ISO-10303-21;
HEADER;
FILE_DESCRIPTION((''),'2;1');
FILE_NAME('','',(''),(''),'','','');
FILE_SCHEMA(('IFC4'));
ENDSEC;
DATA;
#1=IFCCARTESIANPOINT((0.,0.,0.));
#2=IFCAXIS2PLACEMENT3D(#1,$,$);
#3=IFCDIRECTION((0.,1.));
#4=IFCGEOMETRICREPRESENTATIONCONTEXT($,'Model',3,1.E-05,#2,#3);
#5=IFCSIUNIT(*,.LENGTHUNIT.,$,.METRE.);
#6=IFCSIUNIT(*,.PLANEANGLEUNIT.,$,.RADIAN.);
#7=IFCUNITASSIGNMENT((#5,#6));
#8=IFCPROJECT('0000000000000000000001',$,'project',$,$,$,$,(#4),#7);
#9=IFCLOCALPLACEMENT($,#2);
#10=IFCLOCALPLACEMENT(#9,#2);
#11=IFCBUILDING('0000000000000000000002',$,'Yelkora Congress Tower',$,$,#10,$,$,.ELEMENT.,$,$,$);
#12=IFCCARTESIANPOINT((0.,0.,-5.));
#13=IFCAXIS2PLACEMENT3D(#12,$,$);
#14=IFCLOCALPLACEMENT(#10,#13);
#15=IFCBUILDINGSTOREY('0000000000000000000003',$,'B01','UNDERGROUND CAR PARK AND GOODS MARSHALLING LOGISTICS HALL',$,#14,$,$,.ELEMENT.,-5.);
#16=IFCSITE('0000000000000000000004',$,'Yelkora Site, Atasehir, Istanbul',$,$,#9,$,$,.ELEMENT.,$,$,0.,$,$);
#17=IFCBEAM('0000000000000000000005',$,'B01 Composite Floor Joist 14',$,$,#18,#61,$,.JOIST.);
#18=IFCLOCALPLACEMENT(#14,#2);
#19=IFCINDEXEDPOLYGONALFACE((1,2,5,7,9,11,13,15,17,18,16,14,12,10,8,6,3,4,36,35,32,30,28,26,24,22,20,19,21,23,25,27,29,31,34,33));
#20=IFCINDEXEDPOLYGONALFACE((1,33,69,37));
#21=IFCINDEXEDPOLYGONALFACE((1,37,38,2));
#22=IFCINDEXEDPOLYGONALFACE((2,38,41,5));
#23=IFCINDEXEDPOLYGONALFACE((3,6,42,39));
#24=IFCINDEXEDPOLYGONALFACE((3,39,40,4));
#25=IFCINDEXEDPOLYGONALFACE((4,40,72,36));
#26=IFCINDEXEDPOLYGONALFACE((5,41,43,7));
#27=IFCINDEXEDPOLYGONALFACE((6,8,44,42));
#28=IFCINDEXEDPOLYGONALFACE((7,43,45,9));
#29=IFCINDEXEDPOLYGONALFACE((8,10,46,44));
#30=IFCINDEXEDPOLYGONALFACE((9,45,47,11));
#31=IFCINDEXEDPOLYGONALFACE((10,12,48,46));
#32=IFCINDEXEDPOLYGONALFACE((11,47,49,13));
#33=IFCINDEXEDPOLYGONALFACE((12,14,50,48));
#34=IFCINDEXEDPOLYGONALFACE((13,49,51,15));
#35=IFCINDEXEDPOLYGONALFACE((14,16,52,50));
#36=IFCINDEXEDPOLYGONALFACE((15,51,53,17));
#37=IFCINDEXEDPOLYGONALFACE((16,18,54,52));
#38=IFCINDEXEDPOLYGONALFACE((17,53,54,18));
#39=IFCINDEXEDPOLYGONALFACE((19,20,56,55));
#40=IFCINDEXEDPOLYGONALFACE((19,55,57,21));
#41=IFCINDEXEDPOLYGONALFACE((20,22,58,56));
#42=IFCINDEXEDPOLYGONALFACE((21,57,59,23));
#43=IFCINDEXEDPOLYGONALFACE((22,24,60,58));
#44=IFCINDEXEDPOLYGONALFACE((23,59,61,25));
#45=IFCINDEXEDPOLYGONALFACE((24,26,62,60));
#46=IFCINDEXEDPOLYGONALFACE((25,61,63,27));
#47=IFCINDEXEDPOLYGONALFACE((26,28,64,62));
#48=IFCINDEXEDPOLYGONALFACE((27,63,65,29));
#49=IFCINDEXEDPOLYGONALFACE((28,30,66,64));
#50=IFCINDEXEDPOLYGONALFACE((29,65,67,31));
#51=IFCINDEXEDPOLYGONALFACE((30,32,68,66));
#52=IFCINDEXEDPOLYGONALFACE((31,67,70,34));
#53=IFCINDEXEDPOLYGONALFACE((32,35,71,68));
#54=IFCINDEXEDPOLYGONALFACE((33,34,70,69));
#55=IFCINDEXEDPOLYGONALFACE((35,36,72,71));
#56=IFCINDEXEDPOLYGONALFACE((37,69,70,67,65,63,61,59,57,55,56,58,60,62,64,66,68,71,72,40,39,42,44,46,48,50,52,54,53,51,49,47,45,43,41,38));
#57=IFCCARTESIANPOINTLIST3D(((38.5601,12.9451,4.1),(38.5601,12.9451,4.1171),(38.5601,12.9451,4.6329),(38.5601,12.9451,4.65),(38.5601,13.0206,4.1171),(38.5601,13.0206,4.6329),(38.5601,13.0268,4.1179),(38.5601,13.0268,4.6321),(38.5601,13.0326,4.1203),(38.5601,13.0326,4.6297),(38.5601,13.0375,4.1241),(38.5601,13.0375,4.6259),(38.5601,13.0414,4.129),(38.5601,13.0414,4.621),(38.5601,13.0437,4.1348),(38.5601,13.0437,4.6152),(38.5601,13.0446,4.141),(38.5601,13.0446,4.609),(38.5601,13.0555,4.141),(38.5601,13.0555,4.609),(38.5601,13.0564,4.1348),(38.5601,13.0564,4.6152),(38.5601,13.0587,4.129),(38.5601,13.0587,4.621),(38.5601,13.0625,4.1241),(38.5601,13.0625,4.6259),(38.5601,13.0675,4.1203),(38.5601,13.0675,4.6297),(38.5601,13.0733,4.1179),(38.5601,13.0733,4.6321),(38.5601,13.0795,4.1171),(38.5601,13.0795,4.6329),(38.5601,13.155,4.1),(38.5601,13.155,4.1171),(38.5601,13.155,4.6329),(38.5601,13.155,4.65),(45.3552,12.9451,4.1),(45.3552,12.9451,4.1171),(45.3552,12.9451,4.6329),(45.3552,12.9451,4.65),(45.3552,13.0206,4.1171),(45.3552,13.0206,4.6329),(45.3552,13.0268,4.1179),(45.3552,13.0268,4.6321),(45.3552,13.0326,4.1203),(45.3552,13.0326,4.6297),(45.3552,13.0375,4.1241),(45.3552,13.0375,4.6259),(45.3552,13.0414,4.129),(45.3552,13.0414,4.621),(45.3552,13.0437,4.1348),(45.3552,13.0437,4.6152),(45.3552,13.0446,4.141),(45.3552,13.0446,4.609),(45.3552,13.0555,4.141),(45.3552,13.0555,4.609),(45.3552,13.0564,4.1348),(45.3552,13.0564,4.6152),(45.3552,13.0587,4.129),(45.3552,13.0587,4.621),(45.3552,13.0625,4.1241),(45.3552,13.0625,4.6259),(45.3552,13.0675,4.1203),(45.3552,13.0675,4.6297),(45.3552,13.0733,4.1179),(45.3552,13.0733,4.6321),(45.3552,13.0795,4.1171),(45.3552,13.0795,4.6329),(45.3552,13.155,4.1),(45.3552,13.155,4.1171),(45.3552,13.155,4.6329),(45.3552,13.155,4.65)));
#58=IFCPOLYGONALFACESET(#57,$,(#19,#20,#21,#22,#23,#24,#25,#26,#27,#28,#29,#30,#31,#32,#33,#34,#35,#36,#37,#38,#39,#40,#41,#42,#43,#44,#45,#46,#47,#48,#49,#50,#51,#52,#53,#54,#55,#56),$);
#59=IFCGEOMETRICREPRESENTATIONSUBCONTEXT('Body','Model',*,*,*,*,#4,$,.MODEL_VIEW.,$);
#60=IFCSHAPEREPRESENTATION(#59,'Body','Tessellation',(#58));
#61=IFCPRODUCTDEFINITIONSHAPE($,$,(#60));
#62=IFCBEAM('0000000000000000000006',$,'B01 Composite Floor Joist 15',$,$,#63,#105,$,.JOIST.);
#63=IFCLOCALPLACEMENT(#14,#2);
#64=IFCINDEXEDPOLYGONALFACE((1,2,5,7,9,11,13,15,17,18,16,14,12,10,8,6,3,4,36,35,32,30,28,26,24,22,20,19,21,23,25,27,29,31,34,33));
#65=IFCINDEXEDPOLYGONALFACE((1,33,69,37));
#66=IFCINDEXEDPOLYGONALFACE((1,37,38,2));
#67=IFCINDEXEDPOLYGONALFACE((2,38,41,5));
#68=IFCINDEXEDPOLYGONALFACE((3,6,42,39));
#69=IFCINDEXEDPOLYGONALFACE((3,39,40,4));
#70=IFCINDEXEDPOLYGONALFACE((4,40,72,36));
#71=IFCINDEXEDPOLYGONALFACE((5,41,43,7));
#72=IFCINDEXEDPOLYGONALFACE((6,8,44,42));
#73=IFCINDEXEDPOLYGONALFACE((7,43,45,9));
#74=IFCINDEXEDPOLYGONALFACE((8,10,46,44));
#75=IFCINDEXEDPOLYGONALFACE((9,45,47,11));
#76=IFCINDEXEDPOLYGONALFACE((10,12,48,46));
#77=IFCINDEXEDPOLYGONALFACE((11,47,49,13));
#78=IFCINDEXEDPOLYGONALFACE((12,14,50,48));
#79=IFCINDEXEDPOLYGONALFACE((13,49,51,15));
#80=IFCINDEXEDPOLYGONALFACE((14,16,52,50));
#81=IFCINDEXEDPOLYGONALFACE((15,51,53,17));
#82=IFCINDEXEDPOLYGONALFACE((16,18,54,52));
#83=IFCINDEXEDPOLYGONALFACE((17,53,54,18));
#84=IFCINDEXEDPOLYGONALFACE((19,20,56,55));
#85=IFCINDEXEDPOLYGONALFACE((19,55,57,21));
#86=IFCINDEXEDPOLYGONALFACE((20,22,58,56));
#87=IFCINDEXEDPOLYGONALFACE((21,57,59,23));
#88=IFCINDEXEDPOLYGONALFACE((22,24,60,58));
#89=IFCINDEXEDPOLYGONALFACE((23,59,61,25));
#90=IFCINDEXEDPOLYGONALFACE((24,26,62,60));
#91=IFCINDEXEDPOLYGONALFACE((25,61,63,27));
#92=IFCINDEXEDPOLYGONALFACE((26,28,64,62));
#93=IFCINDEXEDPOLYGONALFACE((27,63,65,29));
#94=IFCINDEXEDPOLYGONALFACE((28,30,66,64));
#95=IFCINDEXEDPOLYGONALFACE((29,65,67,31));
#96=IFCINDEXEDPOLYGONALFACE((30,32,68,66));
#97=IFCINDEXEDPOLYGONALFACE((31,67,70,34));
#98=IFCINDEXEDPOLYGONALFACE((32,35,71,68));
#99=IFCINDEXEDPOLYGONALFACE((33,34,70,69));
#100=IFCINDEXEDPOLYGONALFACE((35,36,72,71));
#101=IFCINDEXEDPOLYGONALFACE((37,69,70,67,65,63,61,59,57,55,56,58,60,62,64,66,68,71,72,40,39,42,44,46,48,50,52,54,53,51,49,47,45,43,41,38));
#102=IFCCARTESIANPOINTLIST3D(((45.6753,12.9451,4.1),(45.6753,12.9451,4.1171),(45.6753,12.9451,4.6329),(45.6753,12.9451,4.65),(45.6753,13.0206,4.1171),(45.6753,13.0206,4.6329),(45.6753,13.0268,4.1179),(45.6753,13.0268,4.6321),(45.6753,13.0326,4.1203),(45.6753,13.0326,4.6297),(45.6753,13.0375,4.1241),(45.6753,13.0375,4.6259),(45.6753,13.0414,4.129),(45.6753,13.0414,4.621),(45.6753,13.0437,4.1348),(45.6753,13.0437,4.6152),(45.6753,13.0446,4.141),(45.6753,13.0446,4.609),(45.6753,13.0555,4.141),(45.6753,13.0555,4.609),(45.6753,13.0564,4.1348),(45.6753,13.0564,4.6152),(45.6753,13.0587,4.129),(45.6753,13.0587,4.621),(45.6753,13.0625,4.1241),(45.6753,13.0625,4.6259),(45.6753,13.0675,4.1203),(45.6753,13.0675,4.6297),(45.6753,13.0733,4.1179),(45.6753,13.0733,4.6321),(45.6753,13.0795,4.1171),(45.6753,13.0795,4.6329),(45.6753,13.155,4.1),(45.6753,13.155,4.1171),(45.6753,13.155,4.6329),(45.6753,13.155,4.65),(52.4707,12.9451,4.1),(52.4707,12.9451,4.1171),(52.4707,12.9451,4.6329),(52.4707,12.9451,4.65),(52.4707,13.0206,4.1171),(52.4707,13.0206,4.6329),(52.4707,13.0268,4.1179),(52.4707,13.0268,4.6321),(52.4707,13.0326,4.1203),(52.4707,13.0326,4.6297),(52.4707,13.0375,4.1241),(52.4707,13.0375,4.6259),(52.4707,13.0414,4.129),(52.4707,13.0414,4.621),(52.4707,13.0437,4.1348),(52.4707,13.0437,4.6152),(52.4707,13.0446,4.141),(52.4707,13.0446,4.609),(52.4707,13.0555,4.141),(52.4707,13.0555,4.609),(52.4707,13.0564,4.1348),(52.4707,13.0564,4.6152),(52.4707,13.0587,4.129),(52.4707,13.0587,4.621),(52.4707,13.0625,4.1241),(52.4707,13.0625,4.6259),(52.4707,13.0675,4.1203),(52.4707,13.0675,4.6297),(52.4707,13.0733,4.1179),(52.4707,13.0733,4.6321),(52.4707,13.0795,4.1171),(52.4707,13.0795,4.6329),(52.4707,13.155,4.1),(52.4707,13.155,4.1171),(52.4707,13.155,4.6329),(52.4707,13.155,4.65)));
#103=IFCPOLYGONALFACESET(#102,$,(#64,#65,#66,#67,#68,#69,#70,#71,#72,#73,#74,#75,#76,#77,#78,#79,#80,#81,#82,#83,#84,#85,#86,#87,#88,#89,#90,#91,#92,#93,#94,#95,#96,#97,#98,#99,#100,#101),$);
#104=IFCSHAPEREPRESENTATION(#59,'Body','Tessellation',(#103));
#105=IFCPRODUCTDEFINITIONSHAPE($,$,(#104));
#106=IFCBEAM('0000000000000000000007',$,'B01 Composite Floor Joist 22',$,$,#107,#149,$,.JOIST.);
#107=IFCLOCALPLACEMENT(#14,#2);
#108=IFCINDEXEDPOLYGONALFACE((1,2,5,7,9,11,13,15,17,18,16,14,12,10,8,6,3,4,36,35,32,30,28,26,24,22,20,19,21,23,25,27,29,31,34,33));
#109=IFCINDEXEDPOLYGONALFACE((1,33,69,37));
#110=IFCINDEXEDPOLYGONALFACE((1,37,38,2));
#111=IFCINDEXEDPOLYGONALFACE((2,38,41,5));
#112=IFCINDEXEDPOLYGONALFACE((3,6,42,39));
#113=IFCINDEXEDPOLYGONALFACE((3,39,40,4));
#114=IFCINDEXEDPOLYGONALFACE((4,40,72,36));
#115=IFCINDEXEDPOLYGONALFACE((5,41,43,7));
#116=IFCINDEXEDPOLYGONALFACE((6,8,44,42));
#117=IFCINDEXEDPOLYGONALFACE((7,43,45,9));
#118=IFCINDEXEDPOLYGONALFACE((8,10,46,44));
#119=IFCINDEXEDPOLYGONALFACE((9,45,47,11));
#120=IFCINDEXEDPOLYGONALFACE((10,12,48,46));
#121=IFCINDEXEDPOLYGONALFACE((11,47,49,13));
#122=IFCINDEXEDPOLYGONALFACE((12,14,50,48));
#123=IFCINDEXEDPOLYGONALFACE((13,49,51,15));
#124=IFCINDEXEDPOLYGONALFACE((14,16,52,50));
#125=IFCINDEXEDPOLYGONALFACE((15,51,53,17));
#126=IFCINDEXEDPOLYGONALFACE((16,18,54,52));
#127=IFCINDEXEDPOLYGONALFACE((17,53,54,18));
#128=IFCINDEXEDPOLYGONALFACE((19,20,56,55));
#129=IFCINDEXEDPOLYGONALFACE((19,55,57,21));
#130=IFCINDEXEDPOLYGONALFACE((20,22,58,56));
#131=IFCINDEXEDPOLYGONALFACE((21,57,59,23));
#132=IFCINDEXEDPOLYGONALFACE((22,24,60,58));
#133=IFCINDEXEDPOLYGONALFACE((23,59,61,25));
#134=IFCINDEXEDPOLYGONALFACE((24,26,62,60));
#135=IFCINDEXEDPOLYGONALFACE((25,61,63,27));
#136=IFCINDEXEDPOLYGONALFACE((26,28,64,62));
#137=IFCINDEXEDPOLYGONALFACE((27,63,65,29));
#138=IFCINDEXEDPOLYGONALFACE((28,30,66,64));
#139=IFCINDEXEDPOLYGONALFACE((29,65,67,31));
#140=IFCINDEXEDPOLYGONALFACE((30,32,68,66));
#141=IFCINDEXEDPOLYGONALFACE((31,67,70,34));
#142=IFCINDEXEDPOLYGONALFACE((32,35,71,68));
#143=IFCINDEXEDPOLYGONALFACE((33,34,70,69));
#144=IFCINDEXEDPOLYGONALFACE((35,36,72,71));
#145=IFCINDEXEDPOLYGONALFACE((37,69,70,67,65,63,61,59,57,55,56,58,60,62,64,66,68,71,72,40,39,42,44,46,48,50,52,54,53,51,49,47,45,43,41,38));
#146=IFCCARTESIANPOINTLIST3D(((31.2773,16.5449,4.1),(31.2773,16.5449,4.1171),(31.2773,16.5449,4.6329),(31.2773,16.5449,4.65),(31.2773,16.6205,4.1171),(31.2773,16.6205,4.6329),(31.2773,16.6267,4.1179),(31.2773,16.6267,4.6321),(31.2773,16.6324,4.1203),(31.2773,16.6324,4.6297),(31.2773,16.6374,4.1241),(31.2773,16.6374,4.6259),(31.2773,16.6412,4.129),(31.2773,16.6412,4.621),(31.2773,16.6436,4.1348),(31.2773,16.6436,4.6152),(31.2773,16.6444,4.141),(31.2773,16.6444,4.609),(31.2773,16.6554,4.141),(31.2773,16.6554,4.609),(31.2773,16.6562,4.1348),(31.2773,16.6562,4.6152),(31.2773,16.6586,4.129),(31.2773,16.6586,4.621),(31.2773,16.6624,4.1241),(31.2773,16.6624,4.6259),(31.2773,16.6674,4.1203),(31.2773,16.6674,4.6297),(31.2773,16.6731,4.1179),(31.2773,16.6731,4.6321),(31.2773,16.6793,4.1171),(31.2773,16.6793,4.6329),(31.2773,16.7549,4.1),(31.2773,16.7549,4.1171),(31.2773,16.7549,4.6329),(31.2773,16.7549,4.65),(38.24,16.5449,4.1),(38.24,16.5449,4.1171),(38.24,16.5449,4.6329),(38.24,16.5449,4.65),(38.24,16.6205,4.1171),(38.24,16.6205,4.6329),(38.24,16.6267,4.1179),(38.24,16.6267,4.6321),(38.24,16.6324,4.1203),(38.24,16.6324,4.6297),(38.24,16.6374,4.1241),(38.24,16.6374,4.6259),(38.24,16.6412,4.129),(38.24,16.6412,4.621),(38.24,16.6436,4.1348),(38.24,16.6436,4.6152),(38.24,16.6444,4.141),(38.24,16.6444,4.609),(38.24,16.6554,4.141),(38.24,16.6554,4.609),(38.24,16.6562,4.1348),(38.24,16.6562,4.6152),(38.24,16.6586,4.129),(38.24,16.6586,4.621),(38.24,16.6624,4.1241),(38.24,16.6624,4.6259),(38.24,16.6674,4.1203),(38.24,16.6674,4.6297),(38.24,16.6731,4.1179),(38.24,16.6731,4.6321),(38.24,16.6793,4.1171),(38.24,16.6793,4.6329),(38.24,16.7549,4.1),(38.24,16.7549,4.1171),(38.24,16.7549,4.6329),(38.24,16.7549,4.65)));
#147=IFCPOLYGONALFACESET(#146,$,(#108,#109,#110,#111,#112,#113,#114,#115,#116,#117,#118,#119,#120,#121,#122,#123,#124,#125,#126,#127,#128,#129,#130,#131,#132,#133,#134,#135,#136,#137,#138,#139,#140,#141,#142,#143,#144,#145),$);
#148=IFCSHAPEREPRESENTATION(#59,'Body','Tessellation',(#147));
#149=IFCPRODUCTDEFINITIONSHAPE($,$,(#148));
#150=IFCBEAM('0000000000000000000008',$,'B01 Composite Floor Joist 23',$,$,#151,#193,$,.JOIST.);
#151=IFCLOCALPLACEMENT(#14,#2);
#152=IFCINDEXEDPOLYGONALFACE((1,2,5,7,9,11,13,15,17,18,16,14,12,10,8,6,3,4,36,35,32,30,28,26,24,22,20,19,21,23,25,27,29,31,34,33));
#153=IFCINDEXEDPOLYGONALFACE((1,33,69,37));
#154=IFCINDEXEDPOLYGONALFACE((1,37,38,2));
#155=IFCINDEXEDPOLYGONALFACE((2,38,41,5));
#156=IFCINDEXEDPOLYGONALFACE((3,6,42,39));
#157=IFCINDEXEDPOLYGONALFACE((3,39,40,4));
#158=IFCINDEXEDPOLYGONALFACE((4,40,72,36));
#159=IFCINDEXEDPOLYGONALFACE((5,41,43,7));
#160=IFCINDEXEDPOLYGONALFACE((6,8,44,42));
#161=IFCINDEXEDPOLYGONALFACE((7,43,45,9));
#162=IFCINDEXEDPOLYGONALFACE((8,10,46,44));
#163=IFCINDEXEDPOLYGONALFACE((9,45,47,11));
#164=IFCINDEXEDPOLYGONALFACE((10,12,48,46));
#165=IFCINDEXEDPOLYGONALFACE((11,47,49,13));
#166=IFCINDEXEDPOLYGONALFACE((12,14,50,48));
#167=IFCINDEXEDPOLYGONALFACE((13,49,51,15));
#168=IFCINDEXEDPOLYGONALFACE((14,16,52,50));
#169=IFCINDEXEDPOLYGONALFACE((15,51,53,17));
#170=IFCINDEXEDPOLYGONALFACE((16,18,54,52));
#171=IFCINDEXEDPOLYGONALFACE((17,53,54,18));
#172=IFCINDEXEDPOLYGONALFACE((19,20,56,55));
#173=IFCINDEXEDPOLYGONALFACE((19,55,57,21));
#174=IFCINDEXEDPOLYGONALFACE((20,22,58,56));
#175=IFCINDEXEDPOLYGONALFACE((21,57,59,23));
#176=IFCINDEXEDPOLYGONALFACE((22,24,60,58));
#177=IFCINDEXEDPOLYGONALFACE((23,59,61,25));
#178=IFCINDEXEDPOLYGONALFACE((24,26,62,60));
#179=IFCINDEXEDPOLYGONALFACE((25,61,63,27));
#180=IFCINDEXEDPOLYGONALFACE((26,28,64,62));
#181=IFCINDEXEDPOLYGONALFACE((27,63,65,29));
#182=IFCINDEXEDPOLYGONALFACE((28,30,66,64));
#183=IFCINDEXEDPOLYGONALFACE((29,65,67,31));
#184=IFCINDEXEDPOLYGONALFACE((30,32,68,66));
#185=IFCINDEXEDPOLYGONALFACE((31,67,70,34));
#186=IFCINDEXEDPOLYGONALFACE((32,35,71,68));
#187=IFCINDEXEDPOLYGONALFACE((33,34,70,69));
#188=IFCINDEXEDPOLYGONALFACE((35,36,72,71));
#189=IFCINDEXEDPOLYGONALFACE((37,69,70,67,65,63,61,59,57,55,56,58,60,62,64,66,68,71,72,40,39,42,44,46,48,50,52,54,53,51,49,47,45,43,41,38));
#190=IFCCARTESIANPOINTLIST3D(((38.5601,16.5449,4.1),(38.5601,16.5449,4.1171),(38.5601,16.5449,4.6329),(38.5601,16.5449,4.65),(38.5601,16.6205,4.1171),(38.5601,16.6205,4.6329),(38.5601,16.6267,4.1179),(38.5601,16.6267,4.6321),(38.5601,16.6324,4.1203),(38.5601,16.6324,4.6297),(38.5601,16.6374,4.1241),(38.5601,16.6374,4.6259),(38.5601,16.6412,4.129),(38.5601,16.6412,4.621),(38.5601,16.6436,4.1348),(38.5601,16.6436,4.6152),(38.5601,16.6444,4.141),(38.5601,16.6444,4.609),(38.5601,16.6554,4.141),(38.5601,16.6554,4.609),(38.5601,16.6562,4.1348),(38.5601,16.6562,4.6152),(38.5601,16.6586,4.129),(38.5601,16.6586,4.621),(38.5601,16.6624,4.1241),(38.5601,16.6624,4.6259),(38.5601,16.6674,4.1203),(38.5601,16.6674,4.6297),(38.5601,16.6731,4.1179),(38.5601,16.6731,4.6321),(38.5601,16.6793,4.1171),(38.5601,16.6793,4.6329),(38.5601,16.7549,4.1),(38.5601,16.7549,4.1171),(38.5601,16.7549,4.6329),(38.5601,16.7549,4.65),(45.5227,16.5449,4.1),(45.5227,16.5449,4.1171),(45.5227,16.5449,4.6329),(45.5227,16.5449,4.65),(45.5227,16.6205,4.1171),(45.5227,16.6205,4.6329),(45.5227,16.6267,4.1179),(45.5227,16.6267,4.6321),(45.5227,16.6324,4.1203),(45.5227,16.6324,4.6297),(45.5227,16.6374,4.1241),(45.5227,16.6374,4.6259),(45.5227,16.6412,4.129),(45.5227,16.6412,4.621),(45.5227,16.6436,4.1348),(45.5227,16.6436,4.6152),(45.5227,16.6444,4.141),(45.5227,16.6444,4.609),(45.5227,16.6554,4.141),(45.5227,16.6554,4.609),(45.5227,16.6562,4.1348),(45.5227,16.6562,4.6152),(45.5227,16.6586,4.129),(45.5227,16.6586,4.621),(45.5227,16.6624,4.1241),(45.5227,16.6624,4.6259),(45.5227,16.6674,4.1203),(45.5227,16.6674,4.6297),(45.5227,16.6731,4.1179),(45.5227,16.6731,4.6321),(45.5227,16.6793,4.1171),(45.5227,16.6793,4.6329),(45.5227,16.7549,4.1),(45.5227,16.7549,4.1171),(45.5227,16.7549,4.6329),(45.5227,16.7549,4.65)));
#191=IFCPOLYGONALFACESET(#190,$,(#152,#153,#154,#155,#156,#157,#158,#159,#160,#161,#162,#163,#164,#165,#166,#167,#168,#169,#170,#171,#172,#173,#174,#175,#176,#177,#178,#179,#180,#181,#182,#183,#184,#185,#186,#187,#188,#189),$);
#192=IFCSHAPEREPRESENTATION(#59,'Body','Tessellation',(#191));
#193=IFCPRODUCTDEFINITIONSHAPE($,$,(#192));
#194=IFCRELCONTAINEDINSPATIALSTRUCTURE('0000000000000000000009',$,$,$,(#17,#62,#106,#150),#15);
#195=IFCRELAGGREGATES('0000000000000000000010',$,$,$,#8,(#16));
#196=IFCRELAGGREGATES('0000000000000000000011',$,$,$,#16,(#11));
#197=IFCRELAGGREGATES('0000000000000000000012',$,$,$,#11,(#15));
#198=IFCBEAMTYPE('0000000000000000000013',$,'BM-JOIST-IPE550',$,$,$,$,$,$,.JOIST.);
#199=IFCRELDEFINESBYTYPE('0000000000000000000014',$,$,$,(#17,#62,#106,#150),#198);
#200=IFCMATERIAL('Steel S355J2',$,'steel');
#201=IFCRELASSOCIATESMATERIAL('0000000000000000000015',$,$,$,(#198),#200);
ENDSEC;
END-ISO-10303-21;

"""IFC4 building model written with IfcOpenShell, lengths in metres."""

from ifc_helpers import new_model, si_unit, direction, frame, origin, origin_2d, place, context, subcontext, project, spatial, i_section, extrude, material, material_profile, profile_set, type_object, element, save


model = new_model("IFC4")

# Units and contexts
model_context = context("Model", 3, precision=1e-05, world=origin(), true_north=direction((0.0, 1.0)))
body_context = subcontext(model_context, "Body", "Model", "MODEL_VIEW")
ifc_project = project(units=[si_unit("LENGTHUNIT", "METRE"), si_unit("PLANEANGLEUNIT", "RADIAN")], contexts=[model_context])

# Site, building, storey
site_placement = place(None, origin())
site = spatial("IfcSite", under=ifc_project, at=site_placement, Name="Yelkora Site, Atasehir, Istanbul", CompositionType="ELEMENT", RefElevation=0.0)
building_placement = place(site_placement, origin())
building = spatial("IfcBuilding", under=site, at=building_placement, Name="Yelkora Congress Tower", CompositionType="ELEMENT")
storey_placement = place(building_placement, frame((0.0, 0.0, -5.0)))
storey = spatial("IfcBuildingStorey", under=building, at=storey_placement, Name="B01", Description="UNDERGROUND CAR PARK AND GOODS MARSHALLING LOGISTICS HALL", CompositionType="ELEMENT", Elevation=-5.0)

# Beams
ifc_material_1 = material(Name="Steel S355J2", Category="steel")
ifc_material_profile_1 = material_profile(ifc_material_1, i_section(OverallWidth=0.21, OverallDepth=0.55, WebThickness=0.011, FlangeThickness=0.0171, FilletRadius=0.0239, at=origin_2d()), Name="IPE 550")
ifc_profile_set_1 = profile_set([ifc_material_profile_1], Name="Steel S355J2")
beam_type_1 = type_object("IfcBeamType", Name="BM-JOIST-IPE550", PredefinedType="JOIST", material=ifc_profile_set_1)
beam_1_placement = place(storey_placement, frame((38.5601, 13.05, 4.375), z_axis=(1.0, 0.0, 0.0), x_axis=(0.0, 1.0, 0.0)))
element("IfcBeam", 1, at=beam_1_placement, inside=storey, type_object=beam_type_1, Name="B01 Composite Floor Joist 14", PredefinedType="JOIST", context=body_context, shape_type="SweptSolid", body=[
    extrude(i_section(OverallWidth=0.21, OverallDepth=0.55, WebThickness=0.011, FlangeThickness=0.0171, FilletRadius=0.0239, at=origin_2d()), origin(), (0.0, 0.0, 1.0), 6.7952),
])
beam_2_placement = place(storey_placement, frame((45.6753, 13.05, 4.375), z_axis=(1.0, 0.0, 0.0), x_axis=(0.0, 1.0, 0.0)))
element("IfcBeam", 2, at=beam_2_placement, inside=storey, type_object=beam_type_1, Name="B01 Composite Floor Joist 15", PredefinedType="JOIST", context=body_context, shape_type="SweptSolid", body=[
    extrude(i_section(OverallWidth=0.21, OverallDepth=0.55, WebThickness=0.011, FlangeThickness=0.0171, FilletRadius=0.0239, at=origin_2d()), origin(), (0.0, 0.0, 1.0), 6.7954),
])
for number, where, z_axis, x_axis, name in (
    (3, (31.2773, 16.6499, 4.375), (1.0, 0.0, 0.0), (0.0, 1.0, 0.0), "B01 Composite Floor Joist 22"),
    (4, (38.5601, 16.6499, 4.375), (1.0, 0.0, 0.0), (0.0, 1.0, 0.0), "B01 Composite Floor Joist 23"),
):
    element("IfcBeam", number, at=place(storey_placement, frame(where, z_axis=z_axis, x_axis=x_axis)), inside=storey, type_object=beam_type_1, Name=name, PredefinedType="JOIST", context=body_context, shape_type="SweptSolid", body=[
        extrude(i_section(OverallWidth=0.21, OverallDepth=0.55, WebThickness=0.011, FlangeThickness=0.0171, FilletRadius=0.0239, at=origin_2d()), origin(), (0.0, 0.0, 1.0), 6.9626),
    ])

save(model, "model.ifc")
